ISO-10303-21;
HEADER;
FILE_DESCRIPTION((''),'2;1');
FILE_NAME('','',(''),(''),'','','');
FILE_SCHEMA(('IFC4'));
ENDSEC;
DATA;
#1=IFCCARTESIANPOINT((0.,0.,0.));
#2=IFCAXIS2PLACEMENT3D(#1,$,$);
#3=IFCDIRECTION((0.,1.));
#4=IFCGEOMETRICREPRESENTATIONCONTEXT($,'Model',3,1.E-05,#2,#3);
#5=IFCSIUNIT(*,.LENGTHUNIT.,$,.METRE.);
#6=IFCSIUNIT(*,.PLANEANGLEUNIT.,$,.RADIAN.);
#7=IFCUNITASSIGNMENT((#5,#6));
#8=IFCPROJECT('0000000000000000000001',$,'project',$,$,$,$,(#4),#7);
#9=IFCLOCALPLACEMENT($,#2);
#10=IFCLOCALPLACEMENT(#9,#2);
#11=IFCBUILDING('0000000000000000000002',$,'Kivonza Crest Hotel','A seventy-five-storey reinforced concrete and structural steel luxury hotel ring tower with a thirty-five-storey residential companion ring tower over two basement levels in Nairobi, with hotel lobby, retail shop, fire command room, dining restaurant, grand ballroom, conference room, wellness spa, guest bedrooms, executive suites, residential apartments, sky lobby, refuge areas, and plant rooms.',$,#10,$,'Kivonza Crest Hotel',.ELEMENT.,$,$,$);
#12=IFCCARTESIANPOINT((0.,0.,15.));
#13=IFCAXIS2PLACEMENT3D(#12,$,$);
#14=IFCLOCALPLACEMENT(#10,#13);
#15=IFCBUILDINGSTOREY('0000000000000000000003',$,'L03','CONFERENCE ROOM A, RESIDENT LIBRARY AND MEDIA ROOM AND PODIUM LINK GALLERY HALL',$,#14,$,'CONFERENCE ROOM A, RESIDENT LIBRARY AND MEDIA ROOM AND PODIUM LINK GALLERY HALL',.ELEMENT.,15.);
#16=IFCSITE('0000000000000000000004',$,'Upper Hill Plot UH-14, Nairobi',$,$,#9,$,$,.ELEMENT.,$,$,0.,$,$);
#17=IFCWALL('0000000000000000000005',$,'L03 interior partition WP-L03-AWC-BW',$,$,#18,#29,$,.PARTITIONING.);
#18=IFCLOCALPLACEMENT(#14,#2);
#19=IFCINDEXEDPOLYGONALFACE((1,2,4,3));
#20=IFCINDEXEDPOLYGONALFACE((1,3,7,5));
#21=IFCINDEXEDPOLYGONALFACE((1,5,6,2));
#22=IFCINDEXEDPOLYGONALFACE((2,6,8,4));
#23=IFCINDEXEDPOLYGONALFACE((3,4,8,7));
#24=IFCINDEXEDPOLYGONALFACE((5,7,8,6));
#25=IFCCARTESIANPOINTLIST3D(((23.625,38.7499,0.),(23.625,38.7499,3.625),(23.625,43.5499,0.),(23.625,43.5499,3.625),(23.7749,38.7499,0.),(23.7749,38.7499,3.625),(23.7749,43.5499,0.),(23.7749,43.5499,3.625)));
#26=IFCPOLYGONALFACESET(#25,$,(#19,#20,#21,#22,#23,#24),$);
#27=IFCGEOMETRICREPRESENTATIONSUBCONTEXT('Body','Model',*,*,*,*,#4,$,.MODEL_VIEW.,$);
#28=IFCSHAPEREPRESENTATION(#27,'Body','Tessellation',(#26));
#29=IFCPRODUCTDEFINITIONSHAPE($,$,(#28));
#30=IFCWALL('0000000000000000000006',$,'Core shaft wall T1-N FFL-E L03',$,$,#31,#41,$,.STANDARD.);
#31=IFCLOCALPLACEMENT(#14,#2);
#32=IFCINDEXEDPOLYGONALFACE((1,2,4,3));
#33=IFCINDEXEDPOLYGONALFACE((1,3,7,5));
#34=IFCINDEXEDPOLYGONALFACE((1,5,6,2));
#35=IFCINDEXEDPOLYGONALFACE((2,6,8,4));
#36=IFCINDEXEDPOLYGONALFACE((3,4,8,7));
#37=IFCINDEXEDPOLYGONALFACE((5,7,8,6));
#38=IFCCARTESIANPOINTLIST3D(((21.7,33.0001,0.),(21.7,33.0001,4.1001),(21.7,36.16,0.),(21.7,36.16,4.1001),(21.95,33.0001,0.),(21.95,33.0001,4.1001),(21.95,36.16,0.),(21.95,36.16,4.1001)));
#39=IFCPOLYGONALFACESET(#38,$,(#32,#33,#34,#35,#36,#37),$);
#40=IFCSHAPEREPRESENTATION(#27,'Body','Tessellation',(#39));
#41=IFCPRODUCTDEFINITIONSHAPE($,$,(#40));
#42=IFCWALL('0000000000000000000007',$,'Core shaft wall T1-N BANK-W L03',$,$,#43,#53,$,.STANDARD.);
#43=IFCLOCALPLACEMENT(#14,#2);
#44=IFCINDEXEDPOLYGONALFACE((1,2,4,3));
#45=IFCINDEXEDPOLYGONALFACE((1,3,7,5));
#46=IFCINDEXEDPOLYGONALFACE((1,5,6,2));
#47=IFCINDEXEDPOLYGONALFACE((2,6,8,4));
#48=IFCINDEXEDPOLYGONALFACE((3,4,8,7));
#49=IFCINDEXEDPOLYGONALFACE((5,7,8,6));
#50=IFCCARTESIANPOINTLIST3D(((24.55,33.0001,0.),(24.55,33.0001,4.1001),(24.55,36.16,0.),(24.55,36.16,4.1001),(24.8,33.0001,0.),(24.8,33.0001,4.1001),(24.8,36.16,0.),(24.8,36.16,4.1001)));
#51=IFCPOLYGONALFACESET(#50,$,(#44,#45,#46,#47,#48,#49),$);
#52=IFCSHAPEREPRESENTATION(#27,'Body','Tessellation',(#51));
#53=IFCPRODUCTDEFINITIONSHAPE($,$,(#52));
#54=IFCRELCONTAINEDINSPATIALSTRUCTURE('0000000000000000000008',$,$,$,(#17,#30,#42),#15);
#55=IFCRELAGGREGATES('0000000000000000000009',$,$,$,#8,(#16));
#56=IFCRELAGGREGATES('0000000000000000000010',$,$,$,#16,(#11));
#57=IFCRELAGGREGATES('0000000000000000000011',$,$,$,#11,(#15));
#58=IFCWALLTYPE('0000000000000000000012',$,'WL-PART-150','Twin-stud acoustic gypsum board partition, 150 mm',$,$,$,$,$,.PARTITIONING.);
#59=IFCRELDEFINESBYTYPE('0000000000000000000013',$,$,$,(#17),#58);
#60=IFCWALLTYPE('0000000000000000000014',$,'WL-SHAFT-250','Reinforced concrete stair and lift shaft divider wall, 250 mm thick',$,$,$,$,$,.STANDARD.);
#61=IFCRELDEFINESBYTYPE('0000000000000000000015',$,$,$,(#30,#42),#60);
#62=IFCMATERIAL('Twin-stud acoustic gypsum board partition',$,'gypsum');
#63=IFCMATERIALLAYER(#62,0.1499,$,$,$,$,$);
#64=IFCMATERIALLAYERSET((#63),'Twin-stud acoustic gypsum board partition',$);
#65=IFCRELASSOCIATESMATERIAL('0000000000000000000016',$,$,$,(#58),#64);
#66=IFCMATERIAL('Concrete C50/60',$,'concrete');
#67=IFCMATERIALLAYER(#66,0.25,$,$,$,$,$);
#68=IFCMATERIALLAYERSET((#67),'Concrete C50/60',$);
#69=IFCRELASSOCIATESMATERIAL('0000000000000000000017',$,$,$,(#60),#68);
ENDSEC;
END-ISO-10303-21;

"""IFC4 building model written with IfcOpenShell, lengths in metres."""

from ifc_helpers import new_model, si_unit, direction, frame, frame_2d, origin, place, context, subcontext, project, spatial, rectangle, extrude, material, layer, layer_set, type_object, element, save


model = new_model("IFC4")

# Units and contexts
model_context = context("Model", 3, precision=1e-05, world=origin(), true_north=direction((0.0, 1.0)))
body_context = subcontext(model_context, "Body", "Model", "MODEL_VIEW")
ifc_project = project(units=[si_unit("LENGTHUNIT", "METRE"), si_unit("PLANEANGLEUNIT", "RADIAN")], contexts=[model_context])

# Site, building, storey
site_placement = place(None, origin())
site = spatial("IfcSite", under=ifc_project, at=site_placement, Name="Upper Hill Plot UH-14, Nairobi", CompositionType="ELEMENT", RefElevation=0.0)
building_placement = place(site_placement, origin())
building = spatial("IfcBuilding", under=site, at=building_placement, Name="Kivonza Crest Hotel", Description="A seventy-five-storey reinforced concrete and structural steel luxury hotel ring tower with a thirty-five-storey residential companion ring tower over two basement levels in Nairobi, with hotel lobby, retail shop, fire command room, dining restaurant, grand ballroom, conference room, wellness spa, guest bedrooms, executive suites, residential apartments, sky lobby, refuge areas, and plant rooms.", LongName="Kivonza Crest Hotel", CompositionType="ELEMENT")
storey_placement = place(building_placement, frame((0.0, 0.0, 15.0)))
storey = spatial("IfcBuildingStorey", under=building, at=storey_placement, Name="L03", Description="CONFERENCE ROOM A, RESIDENT LIBRARY AND MEDIA ROOM AND PODIUM LINK GALLERY HALL", LongName="CONFERENCE ROOM A, RESIDENT LIBRARY AND MEDIA ROOM AND PODIUM LINK GALLERY HALL", CompositionType="ELEMENT", Elevation=15.0)

# Wall
ifc_material_1 = material(Name="Twin-stud acoustic gypsum board partition", Category="gypsum")
ifc_layer_1 = layer(ifc_material_1, 0.1499)
ifc_layer_set_1 = layer_set([ifc_layer_1], Name="Twin-stud acoustic gypsum board partition")
wall_type_1 = type_object("IfcWallType", Name="WL-PART-150", Description="Twin-stud acoustic gypsum board partition, 150 mm", PredefinedType="PARTITIONING", material=ifc_layer_set_1)
for number, where, z_axis, x_axis, name in (
    (1, (23.7, 38.75, 0.0), (0.0, 0.0, 1.0), (0.0, 1.0, 0.0), "L03 interior partition WP-L03-AWC-BW"),
):
    element("IfcWall", number, at=place(storey_placement, frame(where, z_axis=z_axis, x_axis=x_axis)), inside=storey, type_object=wall_type_1, Name=name, PredefinedType="PARTITIONING", context=body_context, shape_type="SweptSolid", body=[
        extrude(rectangle(XDim=4.8, YDim=0.1499, at=frame_2d((2.3999, 0.0))), origin(), (0.0, 0.0, 1.0), 3.625),
    ])

# Shared definitions
ifc_material_2 = material(Name="Concrete C50/60", Category="concrete")
ifc_layer_2 = layer(ifc_material_2, 0.25)
ifc_layer_set_2 = layer_set([ifc_layer_2], Name="Concrete C50/60")
wall_type_2 = type_object("IfcWallType", Name="WL-SHAFT-250", Description="Reinforced concrete stair and lift shaft divider wall, 250 mm thick", PredefinedType="STANDARD", material=ifc_layer_set_2)

# Walls
for number, where, z_axis, x_axis, name in (
    (2, (21.825, 33.0, 0.0), (0.0, 0.0, 1.0), (0.0, 1.0, 0.0), "Core shaft wall T1-N FFL-E L03"),
    (3, (24.675, 33.0, 0.0), (0.0, 0.0, 1.0), (0.0, 1.0, 0.0), "Core shaft wall T1-N BANK-W L03"),
):
    element("IfcWall", number, at=place(storey_placement, frame(where, z_axis=z_axis, x_axis=x_axis)), inside=storey, type_object=wall_type_2, Name=name, PredefinedType="STANDARD", context=body_context, shape_type="SweptSolid", body=[
        extrude(rectangle(XDim=3.1599, YDim=0.25, at=frame_2d((1.5801, 0.0))), origin(), (0.0, 0.0, 1.0), 4.1001),
    ])

save(model, "model.ifc")
